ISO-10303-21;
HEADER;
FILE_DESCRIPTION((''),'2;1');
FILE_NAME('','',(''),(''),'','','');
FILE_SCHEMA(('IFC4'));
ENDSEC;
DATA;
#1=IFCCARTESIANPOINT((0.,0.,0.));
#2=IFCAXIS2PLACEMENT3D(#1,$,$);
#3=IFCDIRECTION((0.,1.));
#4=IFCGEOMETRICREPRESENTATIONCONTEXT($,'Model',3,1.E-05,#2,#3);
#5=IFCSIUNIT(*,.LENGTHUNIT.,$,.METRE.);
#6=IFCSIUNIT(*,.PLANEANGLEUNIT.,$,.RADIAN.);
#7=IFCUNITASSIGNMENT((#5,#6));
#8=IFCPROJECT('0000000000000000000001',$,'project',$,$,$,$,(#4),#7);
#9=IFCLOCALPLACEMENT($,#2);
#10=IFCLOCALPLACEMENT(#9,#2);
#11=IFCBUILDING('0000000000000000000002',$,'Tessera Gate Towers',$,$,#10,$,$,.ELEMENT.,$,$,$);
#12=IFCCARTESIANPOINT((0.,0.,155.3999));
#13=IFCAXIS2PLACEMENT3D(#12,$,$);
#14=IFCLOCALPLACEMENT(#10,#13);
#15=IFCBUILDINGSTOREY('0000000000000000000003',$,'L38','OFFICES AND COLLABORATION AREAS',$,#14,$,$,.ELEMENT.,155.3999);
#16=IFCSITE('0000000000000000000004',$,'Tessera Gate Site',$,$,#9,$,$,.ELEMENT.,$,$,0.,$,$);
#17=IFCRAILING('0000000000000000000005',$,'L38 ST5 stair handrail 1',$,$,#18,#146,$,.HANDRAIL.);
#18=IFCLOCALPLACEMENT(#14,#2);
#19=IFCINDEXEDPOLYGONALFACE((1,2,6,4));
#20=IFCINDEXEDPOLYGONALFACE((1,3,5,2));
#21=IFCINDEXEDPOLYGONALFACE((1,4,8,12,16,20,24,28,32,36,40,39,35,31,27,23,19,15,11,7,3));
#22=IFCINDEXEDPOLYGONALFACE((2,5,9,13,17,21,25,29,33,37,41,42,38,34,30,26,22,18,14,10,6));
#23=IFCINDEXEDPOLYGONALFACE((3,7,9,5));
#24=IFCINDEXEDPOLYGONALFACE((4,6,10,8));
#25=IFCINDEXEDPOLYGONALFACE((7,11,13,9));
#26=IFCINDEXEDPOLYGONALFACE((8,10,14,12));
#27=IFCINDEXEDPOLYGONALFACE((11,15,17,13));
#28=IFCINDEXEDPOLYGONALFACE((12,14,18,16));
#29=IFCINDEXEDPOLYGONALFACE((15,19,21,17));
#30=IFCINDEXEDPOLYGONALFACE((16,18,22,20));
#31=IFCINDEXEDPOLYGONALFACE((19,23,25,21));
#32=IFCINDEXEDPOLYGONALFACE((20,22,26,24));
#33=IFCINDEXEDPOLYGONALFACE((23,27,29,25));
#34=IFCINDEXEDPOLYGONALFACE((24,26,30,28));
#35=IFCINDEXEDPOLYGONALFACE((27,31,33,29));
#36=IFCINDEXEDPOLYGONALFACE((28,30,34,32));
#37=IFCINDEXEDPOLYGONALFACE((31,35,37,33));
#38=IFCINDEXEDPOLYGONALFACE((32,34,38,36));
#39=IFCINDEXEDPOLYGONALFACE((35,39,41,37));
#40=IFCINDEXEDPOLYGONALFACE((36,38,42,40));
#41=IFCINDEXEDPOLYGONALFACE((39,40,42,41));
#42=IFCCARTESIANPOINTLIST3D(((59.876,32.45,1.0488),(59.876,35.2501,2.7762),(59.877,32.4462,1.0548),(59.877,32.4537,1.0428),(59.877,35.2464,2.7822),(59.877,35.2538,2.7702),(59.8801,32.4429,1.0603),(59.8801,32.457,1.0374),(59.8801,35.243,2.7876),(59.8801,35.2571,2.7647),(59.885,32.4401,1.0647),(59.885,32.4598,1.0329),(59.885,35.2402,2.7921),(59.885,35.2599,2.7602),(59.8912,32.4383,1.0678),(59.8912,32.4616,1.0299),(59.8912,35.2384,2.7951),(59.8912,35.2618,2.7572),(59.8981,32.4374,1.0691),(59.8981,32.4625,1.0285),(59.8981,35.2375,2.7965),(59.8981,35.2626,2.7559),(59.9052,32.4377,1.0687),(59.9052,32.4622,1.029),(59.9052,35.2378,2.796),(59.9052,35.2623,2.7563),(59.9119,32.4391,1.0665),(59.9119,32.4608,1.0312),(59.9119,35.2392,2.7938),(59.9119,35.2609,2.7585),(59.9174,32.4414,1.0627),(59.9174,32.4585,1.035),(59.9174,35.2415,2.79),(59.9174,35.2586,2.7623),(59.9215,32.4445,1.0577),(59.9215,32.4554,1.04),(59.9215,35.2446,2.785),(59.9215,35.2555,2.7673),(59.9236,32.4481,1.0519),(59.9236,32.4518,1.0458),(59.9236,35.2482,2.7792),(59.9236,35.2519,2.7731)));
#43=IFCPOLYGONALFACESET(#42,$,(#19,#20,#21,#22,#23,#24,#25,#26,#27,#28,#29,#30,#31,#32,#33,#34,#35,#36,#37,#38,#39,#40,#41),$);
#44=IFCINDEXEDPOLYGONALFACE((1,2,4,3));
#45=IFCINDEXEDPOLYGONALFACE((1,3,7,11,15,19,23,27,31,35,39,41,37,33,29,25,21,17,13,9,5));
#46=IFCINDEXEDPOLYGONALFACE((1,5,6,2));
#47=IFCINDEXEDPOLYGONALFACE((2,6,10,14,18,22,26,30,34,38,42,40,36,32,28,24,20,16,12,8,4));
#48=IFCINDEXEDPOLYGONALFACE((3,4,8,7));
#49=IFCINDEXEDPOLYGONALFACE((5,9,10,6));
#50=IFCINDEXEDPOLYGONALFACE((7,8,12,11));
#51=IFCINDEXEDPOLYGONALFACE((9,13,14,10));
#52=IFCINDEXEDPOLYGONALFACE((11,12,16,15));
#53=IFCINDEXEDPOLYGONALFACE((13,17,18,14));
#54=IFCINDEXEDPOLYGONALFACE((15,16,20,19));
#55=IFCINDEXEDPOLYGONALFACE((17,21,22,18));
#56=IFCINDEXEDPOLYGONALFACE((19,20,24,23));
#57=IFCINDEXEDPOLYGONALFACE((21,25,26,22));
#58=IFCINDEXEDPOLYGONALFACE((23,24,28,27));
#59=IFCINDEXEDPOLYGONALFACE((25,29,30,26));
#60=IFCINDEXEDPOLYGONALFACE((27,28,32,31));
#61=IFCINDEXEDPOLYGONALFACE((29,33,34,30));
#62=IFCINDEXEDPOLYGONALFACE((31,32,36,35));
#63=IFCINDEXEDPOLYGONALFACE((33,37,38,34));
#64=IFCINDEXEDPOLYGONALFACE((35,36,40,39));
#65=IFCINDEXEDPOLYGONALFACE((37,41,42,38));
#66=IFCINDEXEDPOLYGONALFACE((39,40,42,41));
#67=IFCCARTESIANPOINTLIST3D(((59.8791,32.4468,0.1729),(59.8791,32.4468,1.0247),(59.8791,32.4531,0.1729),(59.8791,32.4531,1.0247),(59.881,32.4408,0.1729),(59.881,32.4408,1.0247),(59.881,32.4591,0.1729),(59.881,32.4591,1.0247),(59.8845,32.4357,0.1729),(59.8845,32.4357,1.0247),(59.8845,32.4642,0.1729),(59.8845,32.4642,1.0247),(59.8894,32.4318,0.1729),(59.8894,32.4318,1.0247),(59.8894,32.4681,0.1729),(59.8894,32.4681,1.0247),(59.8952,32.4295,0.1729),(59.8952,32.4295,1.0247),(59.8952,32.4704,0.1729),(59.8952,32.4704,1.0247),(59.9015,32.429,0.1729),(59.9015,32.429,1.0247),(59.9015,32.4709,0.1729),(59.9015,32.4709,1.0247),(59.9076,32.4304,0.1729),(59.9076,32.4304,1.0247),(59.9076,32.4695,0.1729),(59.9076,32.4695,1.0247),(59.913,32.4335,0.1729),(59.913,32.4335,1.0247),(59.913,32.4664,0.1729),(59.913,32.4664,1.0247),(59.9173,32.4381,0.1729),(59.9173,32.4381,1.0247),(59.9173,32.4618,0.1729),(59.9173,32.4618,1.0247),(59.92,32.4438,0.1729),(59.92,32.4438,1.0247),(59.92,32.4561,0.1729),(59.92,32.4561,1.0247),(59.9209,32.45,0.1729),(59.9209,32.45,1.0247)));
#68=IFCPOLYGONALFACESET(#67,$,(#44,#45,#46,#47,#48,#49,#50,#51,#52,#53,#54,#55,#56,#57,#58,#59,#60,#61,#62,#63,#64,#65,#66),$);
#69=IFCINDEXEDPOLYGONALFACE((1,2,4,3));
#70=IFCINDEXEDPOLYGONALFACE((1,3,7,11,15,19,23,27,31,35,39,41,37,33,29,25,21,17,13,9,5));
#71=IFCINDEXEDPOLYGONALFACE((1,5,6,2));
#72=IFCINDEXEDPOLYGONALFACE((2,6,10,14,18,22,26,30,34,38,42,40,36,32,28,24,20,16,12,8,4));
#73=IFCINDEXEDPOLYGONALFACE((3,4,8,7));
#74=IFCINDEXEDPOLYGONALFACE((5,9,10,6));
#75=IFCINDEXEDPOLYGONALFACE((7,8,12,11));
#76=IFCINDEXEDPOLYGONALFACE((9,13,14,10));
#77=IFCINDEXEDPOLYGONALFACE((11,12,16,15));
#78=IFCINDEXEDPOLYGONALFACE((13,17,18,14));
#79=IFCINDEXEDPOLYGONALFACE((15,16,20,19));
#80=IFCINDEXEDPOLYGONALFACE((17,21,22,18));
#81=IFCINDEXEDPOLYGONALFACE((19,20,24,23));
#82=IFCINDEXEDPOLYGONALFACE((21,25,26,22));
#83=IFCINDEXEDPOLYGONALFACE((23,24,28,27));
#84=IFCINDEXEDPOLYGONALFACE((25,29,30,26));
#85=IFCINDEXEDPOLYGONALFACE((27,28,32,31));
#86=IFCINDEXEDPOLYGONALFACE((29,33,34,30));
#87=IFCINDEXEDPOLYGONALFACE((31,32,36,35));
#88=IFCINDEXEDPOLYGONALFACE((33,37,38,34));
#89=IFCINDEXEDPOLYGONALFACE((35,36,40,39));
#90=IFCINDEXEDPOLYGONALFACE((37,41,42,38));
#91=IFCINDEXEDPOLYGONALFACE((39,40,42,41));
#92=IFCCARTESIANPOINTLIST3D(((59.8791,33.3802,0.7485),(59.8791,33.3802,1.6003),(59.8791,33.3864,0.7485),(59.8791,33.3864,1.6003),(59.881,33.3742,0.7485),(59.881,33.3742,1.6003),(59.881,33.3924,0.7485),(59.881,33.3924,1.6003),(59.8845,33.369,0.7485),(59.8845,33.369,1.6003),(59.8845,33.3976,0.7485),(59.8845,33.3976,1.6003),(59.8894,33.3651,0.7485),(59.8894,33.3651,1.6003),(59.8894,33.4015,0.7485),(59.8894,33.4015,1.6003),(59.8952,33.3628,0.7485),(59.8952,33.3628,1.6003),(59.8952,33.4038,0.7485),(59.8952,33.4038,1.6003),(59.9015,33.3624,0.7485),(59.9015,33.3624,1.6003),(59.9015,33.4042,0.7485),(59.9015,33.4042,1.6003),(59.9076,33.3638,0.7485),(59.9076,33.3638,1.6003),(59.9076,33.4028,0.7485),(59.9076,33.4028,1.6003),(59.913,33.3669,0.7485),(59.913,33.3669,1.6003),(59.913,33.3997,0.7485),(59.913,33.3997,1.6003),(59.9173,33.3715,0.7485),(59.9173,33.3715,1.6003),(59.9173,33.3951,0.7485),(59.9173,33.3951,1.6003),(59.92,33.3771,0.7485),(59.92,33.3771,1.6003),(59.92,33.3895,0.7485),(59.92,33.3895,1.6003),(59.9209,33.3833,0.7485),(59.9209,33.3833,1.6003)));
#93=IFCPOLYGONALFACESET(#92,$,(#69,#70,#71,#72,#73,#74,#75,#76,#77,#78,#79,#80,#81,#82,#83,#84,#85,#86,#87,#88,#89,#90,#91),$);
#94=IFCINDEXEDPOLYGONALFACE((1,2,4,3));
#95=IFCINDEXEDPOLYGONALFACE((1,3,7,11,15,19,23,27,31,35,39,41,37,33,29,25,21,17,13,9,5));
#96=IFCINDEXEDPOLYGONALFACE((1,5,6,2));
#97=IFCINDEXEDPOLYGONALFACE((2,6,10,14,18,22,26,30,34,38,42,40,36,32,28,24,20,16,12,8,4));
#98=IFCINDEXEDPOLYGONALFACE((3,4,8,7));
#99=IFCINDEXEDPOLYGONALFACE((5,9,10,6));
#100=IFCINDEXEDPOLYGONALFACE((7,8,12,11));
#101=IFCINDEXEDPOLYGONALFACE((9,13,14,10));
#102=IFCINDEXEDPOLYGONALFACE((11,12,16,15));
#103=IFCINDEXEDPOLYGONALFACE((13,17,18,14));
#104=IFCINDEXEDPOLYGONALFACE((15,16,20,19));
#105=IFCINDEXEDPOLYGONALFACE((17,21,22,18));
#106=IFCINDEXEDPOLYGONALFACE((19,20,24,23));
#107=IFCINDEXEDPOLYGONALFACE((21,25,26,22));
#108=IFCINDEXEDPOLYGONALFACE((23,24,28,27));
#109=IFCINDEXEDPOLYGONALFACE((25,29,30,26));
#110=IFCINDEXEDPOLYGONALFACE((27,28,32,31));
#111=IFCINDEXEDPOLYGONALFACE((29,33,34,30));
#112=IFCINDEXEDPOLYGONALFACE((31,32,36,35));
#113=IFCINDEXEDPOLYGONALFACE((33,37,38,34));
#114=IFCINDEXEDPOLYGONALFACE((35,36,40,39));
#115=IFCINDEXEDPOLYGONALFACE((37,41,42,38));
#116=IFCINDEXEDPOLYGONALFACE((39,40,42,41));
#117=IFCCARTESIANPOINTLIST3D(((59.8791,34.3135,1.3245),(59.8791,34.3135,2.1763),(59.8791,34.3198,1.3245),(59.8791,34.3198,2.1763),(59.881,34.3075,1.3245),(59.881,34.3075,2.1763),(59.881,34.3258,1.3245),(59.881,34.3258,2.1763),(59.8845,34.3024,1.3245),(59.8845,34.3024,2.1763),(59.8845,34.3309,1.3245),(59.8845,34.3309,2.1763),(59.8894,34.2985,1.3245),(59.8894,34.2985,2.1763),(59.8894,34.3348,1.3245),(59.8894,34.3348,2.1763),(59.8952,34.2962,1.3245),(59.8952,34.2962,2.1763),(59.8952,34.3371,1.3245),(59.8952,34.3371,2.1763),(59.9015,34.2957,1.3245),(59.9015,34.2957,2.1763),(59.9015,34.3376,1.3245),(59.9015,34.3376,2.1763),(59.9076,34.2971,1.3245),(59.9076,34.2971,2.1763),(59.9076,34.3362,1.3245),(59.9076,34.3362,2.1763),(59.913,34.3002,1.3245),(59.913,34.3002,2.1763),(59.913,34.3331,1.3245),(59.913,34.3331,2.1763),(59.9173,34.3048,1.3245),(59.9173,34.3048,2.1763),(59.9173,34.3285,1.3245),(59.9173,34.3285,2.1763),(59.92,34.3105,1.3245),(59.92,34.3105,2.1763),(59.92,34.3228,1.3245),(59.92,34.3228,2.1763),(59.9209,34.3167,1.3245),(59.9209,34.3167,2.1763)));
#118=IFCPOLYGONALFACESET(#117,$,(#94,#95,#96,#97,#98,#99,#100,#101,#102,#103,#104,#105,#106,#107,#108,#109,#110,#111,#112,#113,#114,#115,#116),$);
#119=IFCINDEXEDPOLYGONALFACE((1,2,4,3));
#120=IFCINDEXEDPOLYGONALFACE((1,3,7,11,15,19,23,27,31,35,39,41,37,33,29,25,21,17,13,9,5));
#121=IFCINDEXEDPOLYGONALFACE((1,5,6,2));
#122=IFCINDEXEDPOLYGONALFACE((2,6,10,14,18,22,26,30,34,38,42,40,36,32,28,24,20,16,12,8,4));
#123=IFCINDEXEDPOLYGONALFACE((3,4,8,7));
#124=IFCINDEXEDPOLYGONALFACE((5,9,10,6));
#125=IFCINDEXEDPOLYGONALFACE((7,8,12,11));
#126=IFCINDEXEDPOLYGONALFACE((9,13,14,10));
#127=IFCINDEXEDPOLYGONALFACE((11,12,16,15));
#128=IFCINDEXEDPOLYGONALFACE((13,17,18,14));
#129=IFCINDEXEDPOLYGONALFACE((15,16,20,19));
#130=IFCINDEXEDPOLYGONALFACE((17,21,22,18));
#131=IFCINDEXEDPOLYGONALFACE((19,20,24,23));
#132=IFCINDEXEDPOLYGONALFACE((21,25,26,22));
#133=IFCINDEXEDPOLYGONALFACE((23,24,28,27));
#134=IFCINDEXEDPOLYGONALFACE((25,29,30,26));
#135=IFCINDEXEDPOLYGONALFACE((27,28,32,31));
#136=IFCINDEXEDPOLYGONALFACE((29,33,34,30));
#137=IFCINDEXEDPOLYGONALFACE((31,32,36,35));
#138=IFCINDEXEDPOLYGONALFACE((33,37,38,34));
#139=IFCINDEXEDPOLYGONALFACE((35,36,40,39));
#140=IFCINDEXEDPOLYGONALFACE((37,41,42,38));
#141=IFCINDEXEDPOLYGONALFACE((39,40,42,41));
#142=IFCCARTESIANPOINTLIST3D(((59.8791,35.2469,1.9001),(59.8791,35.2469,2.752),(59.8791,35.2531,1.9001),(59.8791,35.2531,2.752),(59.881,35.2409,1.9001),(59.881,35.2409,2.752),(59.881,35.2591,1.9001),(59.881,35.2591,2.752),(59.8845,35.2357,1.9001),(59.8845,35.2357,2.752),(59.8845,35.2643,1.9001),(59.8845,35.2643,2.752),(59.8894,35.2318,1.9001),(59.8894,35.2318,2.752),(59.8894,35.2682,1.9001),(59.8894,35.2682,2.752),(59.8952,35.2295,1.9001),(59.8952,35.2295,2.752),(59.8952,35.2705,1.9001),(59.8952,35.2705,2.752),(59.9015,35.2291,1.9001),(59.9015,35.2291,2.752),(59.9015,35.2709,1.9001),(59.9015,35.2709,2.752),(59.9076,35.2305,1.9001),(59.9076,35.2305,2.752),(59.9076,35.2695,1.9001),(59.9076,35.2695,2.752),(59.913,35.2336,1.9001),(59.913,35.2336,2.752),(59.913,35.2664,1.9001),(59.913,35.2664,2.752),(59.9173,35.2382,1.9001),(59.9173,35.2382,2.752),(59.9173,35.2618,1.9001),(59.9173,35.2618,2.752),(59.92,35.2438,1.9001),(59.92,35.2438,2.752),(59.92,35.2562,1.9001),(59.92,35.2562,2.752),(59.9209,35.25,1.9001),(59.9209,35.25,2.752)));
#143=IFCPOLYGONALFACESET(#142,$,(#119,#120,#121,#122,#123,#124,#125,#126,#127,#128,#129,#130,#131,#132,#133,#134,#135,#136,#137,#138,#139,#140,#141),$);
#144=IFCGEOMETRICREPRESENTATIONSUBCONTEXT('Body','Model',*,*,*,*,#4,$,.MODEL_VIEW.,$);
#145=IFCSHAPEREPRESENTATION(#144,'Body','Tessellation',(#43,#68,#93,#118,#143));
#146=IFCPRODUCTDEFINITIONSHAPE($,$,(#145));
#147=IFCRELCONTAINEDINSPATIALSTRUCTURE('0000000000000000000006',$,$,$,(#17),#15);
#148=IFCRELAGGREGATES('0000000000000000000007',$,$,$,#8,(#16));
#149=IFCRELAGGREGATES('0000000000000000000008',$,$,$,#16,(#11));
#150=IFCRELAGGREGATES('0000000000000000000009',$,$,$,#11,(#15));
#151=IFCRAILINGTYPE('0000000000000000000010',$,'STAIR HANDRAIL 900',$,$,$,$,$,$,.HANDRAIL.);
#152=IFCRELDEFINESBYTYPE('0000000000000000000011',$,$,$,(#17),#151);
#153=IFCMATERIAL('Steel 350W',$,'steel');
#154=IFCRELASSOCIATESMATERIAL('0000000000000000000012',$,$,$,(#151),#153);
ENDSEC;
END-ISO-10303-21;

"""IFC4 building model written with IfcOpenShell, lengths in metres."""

from ifc_helpers import new_model, si_unit, direction, frame, origin, origin_2d, place, context, subcontext, project, spatial, circle, extrude, material, type_object, element, save


model = new_model("IFC4")

# Units and contexts
model_context = context("Model", 3, precision=1e-05, world=origin(), true_north=direction((0.0, 1.0)))
body_context = subcontext(model_context, "Body", "Model", "MODEL_VIEW")
ifc_project = project(units=[si_unit("LENGTHUNIT", "METRE"), si_unit("PLANEANGLEUNIT", "RADIAN")], contexts=[model_context])

# Site, building, storey
site_placement = place(None, origin())
site = spatial("IfcSite", under=ifc_project, at=site_placement, Name="Tessera Gate Site", CompositionType="ELEMENT", RefElevation=0.0)
building_placement = place(site_placement, origin())
building = spatial("IfcBuilding", under=site, at=building_placement, Name="Tessera Gate Towers", CompositionType="ELEMENT")
storey_placement = place(building_placement, frame((0.0, 0.0, 155.3999)))
storey = spatial("IfcBuildingStorey", under=building, at=storey_placement, Name="L38", Description="OFFICES AND COLLABORATION AREAS", CompositionType="ELEMENT", Elevation=155.3999)

# Railing
ifc_material_1 = material(Name="Steel 350W", Category="steel")
railing_type_1 = type_object("IfcRailingType", Name="STAIR HANDRAIL 900", PredefinedType="HANDRAIL", material=ifc_material_1)
railing_1_placement = place(storey_placement, frame((59.8999, 32.45, 0.1729)))
element("IfcRailing", 1, at=railing_1_placement, inside=storey, type_object=railing_type_1, Name="L38 ST5 stair handrail 1", PredefinedType="HANDRAIL", context=body_context, shape_type="SweptSolid", body=[
    extrude(circle(Radius=0.0239, at=origin_2d()), frame((0.0, 0.0, 0.876), z_axis=(0.0, 0.85109, 0.52502), x_axis=(-1.0, 0.0, 0.0)), (0.0, 0.0, 1.0), 3.29),
    extrude(circle(Radius=0.021, at=origin_2d()), origin(), (0.0, 0.0, 1.0), 0.8518),
    extrude(circle(Radius=0.021, at=origin_2d()), frame((0.0, 0.9333, 0.5757)), (0.0, 0.0, 1.0), 0.8518),
    extrude(circle(Radius=0.021, at=origin_2d()), frame((0.0, 1.8667, 1.1516)), (0.0, 0.0, 1.0), 0.8518),
    extrude(circle(Radius=0.021, at=origin_2d()), frame((0.0, 2.8, 1.7273)), (0.0, 0.0, 1.0), 0.8518),
])

save(model, "model.ifc")
